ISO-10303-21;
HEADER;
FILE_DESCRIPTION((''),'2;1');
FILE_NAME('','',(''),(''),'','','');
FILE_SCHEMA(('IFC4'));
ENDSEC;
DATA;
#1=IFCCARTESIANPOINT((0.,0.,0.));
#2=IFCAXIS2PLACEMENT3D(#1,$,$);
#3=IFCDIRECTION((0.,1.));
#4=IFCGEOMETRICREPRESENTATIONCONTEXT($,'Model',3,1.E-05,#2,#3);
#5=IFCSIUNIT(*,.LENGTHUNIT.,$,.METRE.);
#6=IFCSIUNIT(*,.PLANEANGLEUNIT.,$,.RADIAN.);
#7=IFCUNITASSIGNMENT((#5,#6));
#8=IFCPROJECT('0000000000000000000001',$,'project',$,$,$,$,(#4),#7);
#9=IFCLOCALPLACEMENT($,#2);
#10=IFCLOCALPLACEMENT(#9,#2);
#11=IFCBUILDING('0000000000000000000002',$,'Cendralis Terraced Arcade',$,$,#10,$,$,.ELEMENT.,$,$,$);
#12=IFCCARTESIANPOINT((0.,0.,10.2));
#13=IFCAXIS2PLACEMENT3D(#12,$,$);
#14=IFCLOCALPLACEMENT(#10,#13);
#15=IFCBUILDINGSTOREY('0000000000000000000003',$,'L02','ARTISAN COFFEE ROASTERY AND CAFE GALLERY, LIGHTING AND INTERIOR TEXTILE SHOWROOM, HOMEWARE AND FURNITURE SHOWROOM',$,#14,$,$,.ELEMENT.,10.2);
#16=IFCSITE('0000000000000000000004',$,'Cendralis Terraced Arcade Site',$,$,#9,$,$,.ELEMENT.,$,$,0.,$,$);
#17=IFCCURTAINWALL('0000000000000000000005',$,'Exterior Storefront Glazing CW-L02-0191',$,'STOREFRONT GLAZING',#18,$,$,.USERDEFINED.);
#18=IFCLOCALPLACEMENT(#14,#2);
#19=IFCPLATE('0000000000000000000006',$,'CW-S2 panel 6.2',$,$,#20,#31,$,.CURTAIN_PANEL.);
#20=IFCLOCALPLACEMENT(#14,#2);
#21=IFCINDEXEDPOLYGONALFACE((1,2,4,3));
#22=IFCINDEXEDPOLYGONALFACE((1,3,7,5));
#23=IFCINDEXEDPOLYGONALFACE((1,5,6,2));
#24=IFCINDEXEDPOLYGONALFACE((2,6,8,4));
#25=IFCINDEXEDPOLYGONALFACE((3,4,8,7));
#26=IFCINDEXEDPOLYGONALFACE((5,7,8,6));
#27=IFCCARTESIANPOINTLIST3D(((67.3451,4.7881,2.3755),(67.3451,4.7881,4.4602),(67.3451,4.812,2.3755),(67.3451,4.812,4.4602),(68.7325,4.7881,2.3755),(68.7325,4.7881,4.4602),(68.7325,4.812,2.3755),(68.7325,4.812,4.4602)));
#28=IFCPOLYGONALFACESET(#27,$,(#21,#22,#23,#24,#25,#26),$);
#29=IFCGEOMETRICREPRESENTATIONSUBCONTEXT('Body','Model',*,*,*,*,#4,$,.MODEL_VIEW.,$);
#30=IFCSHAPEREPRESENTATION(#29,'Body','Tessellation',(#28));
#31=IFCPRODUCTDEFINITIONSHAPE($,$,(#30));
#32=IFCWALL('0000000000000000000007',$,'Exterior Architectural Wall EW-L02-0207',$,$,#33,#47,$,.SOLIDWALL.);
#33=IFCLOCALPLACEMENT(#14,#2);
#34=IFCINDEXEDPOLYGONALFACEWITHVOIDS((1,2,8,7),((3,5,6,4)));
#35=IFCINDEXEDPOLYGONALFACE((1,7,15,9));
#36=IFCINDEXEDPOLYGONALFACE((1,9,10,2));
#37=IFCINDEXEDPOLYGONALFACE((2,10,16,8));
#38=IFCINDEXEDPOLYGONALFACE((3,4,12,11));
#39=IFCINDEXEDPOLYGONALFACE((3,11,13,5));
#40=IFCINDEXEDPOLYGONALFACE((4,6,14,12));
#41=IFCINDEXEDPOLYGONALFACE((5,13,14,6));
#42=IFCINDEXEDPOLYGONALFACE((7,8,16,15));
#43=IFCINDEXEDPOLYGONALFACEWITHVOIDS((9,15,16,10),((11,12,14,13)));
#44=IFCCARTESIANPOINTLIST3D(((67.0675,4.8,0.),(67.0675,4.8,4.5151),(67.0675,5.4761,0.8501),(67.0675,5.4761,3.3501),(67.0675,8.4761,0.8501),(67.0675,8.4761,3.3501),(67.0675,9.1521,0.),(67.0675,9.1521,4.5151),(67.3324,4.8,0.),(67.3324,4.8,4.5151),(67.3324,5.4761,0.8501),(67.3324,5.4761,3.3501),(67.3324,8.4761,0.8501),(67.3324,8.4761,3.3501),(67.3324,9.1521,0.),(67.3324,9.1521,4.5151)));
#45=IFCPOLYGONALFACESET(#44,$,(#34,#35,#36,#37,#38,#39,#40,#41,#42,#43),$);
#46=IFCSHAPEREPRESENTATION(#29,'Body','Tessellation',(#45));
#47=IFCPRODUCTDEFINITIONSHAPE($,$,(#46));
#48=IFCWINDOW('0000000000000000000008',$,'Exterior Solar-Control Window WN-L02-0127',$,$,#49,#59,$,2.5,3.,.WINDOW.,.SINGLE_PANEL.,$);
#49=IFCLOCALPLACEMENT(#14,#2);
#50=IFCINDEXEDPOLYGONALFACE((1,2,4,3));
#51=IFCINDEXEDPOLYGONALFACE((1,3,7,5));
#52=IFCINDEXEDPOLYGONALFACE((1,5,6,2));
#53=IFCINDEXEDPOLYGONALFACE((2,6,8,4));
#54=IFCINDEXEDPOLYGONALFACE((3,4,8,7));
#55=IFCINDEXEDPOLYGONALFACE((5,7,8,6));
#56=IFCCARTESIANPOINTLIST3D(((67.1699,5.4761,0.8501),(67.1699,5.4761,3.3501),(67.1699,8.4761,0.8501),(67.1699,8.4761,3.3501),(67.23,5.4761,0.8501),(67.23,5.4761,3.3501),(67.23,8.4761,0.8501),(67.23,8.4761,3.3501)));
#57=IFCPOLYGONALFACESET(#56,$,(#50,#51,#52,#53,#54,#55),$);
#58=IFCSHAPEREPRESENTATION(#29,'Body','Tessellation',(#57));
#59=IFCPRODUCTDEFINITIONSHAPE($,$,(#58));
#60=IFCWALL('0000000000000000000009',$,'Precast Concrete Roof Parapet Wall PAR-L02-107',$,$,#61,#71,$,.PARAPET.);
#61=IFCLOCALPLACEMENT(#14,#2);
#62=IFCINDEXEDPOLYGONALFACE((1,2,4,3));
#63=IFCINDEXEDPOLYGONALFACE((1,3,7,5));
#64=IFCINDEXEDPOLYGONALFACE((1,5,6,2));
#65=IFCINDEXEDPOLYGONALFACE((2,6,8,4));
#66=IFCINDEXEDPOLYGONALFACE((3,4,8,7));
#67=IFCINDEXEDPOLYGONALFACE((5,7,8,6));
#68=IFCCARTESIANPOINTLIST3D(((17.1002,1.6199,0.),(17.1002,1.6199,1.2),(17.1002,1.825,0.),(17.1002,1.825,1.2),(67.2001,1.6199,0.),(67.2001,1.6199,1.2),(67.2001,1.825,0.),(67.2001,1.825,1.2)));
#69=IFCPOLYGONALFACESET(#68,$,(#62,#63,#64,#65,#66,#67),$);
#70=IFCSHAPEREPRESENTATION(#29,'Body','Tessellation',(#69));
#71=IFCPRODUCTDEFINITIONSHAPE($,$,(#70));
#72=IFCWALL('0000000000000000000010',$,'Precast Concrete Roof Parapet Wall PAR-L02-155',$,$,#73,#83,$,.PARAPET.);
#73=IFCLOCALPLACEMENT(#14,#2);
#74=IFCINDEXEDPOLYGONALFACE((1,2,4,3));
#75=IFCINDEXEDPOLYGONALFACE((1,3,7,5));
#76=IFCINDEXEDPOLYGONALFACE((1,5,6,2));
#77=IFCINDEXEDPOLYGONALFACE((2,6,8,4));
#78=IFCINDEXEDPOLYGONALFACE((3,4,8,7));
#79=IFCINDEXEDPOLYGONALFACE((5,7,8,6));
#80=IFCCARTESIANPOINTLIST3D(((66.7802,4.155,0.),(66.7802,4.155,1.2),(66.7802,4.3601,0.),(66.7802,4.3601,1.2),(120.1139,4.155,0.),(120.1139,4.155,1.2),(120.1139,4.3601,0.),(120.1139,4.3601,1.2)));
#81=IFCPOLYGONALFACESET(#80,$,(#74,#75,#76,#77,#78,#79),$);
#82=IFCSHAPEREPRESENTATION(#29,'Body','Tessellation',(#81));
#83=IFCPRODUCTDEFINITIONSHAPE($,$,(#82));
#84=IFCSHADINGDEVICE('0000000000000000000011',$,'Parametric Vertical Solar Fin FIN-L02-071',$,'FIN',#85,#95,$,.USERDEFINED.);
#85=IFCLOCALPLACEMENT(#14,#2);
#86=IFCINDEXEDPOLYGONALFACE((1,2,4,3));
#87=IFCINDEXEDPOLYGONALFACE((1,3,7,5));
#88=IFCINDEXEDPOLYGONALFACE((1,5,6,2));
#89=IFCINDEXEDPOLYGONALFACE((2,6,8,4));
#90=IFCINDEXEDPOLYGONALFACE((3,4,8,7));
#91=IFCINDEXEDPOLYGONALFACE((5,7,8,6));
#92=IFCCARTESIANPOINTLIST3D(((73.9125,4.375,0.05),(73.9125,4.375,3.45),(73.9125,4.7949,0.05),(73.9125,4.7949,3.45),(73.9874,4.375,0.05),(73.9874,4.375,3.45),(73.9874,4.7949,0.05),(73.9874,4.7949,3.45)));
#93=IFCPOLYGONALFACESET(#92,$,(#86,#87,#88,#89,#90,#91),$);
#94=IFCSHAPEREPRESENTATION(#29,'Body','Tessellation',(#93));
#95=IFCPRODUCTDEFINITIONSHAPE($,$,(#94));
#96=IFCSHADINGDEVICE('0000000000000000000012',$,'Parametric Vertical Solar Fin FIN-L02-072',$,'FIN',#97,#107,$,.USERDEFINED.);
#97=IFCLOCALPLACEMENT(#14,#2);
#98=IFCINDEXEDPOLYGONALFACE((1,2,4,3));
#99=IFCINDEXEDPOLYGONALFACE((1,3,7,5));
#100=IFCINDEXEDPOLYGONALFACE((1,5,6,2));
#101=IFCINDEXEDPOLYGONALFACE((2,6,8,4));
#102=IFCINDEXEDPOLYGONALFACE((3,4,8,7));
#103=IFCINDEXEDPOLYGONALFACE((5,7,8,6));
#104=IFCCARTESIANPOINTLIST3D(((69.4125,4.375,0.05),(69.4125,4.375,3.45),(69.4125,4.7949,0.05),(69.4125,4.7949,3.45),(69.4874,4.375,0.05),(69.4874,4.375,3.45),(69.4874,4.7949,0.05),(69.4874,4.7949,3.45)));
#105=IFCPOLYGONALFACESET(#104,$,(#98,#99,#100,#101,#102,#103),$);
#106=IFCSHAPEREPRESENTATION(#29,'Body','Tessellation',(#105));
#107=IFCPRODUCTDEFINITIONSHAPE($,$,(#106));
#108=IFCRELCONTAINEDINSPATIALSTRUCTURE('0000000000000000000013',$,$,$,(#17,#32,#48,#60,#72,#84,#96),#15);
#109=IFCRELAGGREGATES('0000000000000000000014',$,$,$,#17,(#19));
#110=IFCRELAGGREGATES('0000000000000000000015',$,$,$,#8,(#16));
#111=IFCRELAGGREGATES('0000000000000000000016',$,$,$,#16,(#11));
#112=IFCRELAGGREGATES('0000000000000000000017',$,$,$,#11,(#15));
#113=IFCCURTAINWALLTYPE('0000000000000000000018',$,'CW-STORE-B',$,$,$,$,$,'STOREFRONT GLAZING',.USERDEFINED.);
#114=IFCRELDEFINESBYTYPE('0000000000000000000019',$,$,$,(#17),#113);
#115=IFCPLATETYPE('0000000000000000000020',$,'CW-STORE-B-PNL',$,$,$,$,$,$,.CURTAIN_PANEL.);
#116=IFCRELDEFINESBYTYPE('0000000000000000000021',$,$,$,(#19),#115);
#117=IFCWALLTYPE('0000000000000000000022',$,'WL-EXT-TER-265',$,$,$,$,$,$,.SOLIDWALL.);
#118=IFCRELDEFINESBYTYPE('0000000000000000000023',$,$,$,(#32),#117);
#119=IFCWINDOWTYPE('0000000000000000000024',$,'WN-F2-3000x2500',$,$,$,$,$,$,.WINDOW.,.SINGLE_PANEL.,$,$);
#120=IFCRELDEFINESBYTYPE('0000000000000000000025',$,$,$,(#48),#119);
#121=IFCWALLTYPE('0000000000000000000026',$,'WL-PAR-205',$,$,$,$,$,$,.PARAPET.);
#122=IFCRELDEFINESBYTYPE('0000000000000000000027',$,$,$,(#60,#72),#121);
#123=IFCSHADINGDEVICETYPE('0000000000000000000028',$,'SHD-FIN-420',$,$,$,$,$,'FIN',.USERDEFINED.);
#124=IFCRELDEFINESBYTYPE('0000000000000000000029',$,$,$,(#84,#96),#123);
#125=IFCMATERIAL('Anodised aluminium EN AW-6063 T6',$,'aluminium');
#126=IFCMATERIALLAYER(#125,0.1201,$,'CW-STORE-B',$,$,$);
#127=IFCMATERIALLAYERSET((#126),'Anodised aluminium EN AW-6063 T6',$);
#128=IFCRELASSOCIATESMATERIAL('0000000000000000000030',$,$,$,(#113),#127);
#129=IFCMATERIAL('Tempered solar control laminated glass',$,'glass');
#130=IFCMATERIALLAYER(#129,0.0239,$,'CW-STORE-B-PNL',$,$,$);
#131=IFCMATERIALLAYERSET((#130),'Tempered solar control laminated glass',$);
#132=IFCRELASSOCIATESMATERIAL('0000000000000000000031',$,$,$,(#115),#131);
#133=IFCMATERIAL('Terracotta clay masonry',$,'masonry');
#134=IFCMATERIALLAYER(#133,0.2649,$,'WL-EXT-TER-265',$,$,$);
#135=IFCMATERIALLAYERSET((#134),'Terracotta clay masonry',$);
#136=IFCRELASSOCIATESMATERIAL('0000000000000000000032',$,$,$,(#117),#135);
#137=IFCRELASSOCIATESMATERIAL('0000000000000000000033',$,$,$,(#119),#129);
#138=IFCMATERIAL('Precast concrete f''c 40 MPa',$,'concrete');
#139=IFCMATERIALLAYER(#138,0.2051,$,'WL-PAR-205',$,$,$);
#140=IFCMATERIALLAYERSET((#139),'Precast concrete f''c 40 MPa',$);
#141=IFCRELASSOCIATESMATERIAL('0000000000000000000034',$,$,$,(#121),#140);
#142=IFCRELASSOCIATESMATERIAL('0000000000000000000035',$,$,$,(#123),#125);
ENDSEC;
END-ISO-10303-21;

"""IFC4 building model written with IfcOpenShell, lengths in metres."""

from ifc_helpers import new_model, si_unit, direction, frame, frame_2d, origin, origin_2d, place, context, subcontext, project, spatial, rectangle, extrude, material, layer, layer_set, type_object, element, fill, aggregate, save


model = new_model("IFC4")

# Units and contexts
model_context = context("Model", 3, precision=1e-05, world=origin(), true_north=direction((0.0, 1.0)))
body_context = subcontext(model_context, "Body", "Model", "MODEL_VIEW")
ifc_project = project(units=[si_unit("LENGTHUNIT", "METRE"), si_unit("PLANEANGLEUNIT", "RADIAN")], contexts=[model_context])

# Site, building, storey
site_placement = place(None, origin())
site = spatial("IfcSite", under=ifc_project, at=site_placement, Name="Cendralis Terraced Arcade Site", CompositionType="ELEMENT", RefElevation=0.0)
building_placement = place(site_placement, origin())
building = spatial("IfcBuilding", under=site, at=building_placement, Name="Cendralis Terraced Arcade", CompositionType="ELEMENT")
storey_placement = place(building_placement, frame((0.0, 0.0, 10.2)))
storey = spatial("IfcBuildingStorey", under=building, at=storey_placement, Name="L02", Description="ARTISAN COFFEE ROASTERY AND CAFE GALLERY, LIGHTING AND INTERIOR TEXTILE SHOWROOM, HOMEWARE AND FURNITURE SHOWROOM", CompositionType="ELEMENT", Elevation=10.2)

# Curtain wall, plate
ifc_material_1 = material(Name="Anodised aluminium EN AW-6063 T6", Category="aluminium")
ifc_layer_1 = layer(ifc_material_1, 0.1201, Name="CW-STORE-B")
ifc_layer_set_1 = layer_set([ifc_layer_1], Name="Anodised aluminium EN AW-6063 T6")
curtain_wall_type = type_object("IfcCurtainWallType", Name="CW-STORE-B", ElementType="STOREFRONT GLAZING", PredefinedType="USERDEFINED", material=ifc_layer_set_1)
curtain_wall_placement = place(storey_placement, origin())
curtain_wall = element("IfcCurtainWall", 1, at=curtain_wall_placement, inside=storey, type_object=curtain_wall_type, Name="Exterior Storefront Glazing CW-L02-0191", ObjectType="STOREFRONT GLAZING", PredefinedType="USERDEFINED")
ifc_material_2 = material(Name="Tempered solar control laminated glass", Category="glass")
ifc_layer_2 = layer(ifc_material_2, 0.0239, Name="CW-STORE-B-PNL")
ifc_layer_set_2 = layer_set([ifc_layer_2], Name="Tempered solar control laminated glass")
plate_type = type_object("IfcPlateType", Name="CW-STORE-B-PNL", PredefinedType="CURTAIN_PANEL", material=ifc_layer_set_2)
plate_1_placement = place(storey_placement, frame((68.0388, 4.8, 2.3755), z_axis=(0.0, 0.0, 1.0), x_axis=(-1.0, 0.0, 0.0)))
plate_1 = element("IfcPlate", 2, at=plate_1_placement, type_object=plate_type, Name="CW-S2 panel 6.2", PredefinedType="CURTAIN_PANEL", context=body_context, shape_type="SweptSolid", body=[
    extrude(rectangle(XDim=1.3875, YDim=0.0239, at=origin_2d()), origin(), (0.0, 0.0, 1.0), 2.0847),
])
aggregate(curtain_wall, [plate_1])

# Wall, opening, window
ifc_material_3 = material(Name="Terracotta clay masonry", Category="masonry")
ifc_layer_3 = layer(ifc_material_3, 0.2649, Name="WL-EXT-TER-265")
ifc_layer_set_3 = layer_set([ifc_layer_3], Name="Terracotta clay masonry")
wall_type_1 = type_object("IfcWallType", Name="WL-EXT-TER-265", PredefinedType="SOLIDWALL", material=ifc_layer_set_3)
wall_1_placement = place(storey_placement, frame((67.2, 4.8, 0.0), z_axis=(0.0, 0.0, 1.0), x_axis=(0.0, 1.0, 0.0)))
wall_1 = element("IfcWall", 3, at=wall_1_placement, inside=storey, type_object=wall_type_1, Name="Exterior Architectural Wall EW-L02-0207", PredefinedType="SOLIDWALL", context=body_context, shape_type="SweptSolid", body=[
    extrude(rectangle(XDim=4.3521, YDim=0.2649, at=frame_2d((2.176, 0.0))), origin(), (0.0, 0.0, 1.0), 4.5151),
])
opening_placement = place(wall_1_placement, frame((0.676, 0.0, 0.8501)))
opening = element("IfcOpeningElement", 4, at=opening_placement, cuts=wall_1, PredefinedType="OPENING", context=body_context, shape_type="SweptSolid", body=[
    extrude(rectangle(XDim=3.0, YDim=2.5, at=frame_2d((1.5, 1.25))), frame((0.0, 0.1445, 0.0), z_axis=(0.0, -1.0, 0.0), x_axis=(1.0, 0.0, 0.0)), (0.0, 0.0, 1.0), 0.2888),
])
window_type = type_object("IfcWindowType", Name="WN-F2-3000x2500", PartitioningType="SINGLE_PANEL", PredefinedType="WINDOW", material=ifc_material_2)
window_placement = place(opening_placement, origin())
window = element("IfcWindow", 5, at=window_placement, inside=storey, type_object=window_type, Name="Exterior Solar-Control Window WN-L02-0127", OverallHeight=2.5, OverallWidth=3.0, PartitioningType="SINGLE_PANEL", PredefinedType="WINDOW", context=body_context, shape_type="SweptSolid", body=[
    extrude(rectangle(XDim=3.0, YDim=2.5, at=frame_2d((1.5, 1.25))), frame((0.0, 0.03, 0.0), z_axis=(0.0, -1.0, 0.0), x_axis=(1.0, 0.0, 0.0)), (0.0, 0.0, 1.0), 0.0601),
])
fill(opening, window)

# Walls
ifc_material_4 = material(Name="Precast concrete f'c 40 MPa", Category="concrete")
ifc_layer_4 = layer(ifc_material_4, 0.2051, Name="WL-PAR-205")
ifc_layer_set_4 = layer_set([ifc_layer_4], Name="Precast concrete f'c 40 MPa")
wall_type_2 = type_object("IfcWallType", Name="WL-PAR-205", PredefinedType="PARAPET", material=ifc_layer_set_4)
wall_2_placement = place(storey_placement, frame((67.2, 1.7224, 0.0), z_axis=(0.0, 0.0, 1.0), x_axis=(-1.0, 0.0, 0.0)))
element("IfcWall", 6, at=wall_2_placement, inside=storey, type_object=wall_type_2, Name="Precast Concrete Roof Parapet Wall PAR-L02-107", PredefinedType="PARAPET", context=body_context, shape_type="SweptSolid", body=[
    extrude(rectangle(XDim=50.0999, YDim=0.2051, at=frame_2d((25.0498, 0.0))), origin(), (0.0, 0.0, 1.0), 1.2),
])
wall_3_placement = place(storey_placement, frame((66.78, 4.2576, 0.0), z_axis=(0.0, 0.0, 1.0), x_axis=(1.0, 0.0, 0.0)))
element("IfcWall", 7, at=wall_3_placement, inside=storey, type_object=wall_type_2, Name="Precast Concrete Roof Parapet Wall PAR-L02-155", PredefinedType="PARAPET", context=body_context, shape_type="SweptSolid", body=[
    extrude(rectangle(XDim=53.3337, YDim=0.2051, at=frame_2d((26.667, 0.0))), origin(), (0.0, 0.0, 1.0), 1.2),
])

# Shading devices
shading_device_type = type_object("IfcShadingDeviceType", Name="SHD-FIN-420", ElementType="FIN", PredefinedType="USERDEFINED", material=ifc_material_1)
for number, where, z_axis, x_axis, name in (
    (8, (73.95, 4.585, 0.05), (0.0, 0.0, 1.0), (-1.0, 0.0, 0.0), "Parametric Vertical Solar Fin FIN-L02-071"),
    (9, (69.45, 4.585, 0.05), (0.0, 0.0, 1.0), (-1.0, 0.0, 0.0), "Parametric Vertical Solar Fin FIN-L02-072"),
):
    element("IfcShadingDevice", number, at=place(storey_placement, frame(where, z_axis=z_axis, x_axis=x_axis)), inside=storey, type_object=shading_device_type, Name=name, ObjectType="FIN", PredefinedType="USERDEFINED", context=body_context, shape_type="SweptSolid", body=[
        extrude(rectangle(XDim=0.075, YDim=0.4199, at=origin_2d()), origin(), (0.0, 0.0, 1.0), 3.3999),
    ])

save(model, "model.ifc")
